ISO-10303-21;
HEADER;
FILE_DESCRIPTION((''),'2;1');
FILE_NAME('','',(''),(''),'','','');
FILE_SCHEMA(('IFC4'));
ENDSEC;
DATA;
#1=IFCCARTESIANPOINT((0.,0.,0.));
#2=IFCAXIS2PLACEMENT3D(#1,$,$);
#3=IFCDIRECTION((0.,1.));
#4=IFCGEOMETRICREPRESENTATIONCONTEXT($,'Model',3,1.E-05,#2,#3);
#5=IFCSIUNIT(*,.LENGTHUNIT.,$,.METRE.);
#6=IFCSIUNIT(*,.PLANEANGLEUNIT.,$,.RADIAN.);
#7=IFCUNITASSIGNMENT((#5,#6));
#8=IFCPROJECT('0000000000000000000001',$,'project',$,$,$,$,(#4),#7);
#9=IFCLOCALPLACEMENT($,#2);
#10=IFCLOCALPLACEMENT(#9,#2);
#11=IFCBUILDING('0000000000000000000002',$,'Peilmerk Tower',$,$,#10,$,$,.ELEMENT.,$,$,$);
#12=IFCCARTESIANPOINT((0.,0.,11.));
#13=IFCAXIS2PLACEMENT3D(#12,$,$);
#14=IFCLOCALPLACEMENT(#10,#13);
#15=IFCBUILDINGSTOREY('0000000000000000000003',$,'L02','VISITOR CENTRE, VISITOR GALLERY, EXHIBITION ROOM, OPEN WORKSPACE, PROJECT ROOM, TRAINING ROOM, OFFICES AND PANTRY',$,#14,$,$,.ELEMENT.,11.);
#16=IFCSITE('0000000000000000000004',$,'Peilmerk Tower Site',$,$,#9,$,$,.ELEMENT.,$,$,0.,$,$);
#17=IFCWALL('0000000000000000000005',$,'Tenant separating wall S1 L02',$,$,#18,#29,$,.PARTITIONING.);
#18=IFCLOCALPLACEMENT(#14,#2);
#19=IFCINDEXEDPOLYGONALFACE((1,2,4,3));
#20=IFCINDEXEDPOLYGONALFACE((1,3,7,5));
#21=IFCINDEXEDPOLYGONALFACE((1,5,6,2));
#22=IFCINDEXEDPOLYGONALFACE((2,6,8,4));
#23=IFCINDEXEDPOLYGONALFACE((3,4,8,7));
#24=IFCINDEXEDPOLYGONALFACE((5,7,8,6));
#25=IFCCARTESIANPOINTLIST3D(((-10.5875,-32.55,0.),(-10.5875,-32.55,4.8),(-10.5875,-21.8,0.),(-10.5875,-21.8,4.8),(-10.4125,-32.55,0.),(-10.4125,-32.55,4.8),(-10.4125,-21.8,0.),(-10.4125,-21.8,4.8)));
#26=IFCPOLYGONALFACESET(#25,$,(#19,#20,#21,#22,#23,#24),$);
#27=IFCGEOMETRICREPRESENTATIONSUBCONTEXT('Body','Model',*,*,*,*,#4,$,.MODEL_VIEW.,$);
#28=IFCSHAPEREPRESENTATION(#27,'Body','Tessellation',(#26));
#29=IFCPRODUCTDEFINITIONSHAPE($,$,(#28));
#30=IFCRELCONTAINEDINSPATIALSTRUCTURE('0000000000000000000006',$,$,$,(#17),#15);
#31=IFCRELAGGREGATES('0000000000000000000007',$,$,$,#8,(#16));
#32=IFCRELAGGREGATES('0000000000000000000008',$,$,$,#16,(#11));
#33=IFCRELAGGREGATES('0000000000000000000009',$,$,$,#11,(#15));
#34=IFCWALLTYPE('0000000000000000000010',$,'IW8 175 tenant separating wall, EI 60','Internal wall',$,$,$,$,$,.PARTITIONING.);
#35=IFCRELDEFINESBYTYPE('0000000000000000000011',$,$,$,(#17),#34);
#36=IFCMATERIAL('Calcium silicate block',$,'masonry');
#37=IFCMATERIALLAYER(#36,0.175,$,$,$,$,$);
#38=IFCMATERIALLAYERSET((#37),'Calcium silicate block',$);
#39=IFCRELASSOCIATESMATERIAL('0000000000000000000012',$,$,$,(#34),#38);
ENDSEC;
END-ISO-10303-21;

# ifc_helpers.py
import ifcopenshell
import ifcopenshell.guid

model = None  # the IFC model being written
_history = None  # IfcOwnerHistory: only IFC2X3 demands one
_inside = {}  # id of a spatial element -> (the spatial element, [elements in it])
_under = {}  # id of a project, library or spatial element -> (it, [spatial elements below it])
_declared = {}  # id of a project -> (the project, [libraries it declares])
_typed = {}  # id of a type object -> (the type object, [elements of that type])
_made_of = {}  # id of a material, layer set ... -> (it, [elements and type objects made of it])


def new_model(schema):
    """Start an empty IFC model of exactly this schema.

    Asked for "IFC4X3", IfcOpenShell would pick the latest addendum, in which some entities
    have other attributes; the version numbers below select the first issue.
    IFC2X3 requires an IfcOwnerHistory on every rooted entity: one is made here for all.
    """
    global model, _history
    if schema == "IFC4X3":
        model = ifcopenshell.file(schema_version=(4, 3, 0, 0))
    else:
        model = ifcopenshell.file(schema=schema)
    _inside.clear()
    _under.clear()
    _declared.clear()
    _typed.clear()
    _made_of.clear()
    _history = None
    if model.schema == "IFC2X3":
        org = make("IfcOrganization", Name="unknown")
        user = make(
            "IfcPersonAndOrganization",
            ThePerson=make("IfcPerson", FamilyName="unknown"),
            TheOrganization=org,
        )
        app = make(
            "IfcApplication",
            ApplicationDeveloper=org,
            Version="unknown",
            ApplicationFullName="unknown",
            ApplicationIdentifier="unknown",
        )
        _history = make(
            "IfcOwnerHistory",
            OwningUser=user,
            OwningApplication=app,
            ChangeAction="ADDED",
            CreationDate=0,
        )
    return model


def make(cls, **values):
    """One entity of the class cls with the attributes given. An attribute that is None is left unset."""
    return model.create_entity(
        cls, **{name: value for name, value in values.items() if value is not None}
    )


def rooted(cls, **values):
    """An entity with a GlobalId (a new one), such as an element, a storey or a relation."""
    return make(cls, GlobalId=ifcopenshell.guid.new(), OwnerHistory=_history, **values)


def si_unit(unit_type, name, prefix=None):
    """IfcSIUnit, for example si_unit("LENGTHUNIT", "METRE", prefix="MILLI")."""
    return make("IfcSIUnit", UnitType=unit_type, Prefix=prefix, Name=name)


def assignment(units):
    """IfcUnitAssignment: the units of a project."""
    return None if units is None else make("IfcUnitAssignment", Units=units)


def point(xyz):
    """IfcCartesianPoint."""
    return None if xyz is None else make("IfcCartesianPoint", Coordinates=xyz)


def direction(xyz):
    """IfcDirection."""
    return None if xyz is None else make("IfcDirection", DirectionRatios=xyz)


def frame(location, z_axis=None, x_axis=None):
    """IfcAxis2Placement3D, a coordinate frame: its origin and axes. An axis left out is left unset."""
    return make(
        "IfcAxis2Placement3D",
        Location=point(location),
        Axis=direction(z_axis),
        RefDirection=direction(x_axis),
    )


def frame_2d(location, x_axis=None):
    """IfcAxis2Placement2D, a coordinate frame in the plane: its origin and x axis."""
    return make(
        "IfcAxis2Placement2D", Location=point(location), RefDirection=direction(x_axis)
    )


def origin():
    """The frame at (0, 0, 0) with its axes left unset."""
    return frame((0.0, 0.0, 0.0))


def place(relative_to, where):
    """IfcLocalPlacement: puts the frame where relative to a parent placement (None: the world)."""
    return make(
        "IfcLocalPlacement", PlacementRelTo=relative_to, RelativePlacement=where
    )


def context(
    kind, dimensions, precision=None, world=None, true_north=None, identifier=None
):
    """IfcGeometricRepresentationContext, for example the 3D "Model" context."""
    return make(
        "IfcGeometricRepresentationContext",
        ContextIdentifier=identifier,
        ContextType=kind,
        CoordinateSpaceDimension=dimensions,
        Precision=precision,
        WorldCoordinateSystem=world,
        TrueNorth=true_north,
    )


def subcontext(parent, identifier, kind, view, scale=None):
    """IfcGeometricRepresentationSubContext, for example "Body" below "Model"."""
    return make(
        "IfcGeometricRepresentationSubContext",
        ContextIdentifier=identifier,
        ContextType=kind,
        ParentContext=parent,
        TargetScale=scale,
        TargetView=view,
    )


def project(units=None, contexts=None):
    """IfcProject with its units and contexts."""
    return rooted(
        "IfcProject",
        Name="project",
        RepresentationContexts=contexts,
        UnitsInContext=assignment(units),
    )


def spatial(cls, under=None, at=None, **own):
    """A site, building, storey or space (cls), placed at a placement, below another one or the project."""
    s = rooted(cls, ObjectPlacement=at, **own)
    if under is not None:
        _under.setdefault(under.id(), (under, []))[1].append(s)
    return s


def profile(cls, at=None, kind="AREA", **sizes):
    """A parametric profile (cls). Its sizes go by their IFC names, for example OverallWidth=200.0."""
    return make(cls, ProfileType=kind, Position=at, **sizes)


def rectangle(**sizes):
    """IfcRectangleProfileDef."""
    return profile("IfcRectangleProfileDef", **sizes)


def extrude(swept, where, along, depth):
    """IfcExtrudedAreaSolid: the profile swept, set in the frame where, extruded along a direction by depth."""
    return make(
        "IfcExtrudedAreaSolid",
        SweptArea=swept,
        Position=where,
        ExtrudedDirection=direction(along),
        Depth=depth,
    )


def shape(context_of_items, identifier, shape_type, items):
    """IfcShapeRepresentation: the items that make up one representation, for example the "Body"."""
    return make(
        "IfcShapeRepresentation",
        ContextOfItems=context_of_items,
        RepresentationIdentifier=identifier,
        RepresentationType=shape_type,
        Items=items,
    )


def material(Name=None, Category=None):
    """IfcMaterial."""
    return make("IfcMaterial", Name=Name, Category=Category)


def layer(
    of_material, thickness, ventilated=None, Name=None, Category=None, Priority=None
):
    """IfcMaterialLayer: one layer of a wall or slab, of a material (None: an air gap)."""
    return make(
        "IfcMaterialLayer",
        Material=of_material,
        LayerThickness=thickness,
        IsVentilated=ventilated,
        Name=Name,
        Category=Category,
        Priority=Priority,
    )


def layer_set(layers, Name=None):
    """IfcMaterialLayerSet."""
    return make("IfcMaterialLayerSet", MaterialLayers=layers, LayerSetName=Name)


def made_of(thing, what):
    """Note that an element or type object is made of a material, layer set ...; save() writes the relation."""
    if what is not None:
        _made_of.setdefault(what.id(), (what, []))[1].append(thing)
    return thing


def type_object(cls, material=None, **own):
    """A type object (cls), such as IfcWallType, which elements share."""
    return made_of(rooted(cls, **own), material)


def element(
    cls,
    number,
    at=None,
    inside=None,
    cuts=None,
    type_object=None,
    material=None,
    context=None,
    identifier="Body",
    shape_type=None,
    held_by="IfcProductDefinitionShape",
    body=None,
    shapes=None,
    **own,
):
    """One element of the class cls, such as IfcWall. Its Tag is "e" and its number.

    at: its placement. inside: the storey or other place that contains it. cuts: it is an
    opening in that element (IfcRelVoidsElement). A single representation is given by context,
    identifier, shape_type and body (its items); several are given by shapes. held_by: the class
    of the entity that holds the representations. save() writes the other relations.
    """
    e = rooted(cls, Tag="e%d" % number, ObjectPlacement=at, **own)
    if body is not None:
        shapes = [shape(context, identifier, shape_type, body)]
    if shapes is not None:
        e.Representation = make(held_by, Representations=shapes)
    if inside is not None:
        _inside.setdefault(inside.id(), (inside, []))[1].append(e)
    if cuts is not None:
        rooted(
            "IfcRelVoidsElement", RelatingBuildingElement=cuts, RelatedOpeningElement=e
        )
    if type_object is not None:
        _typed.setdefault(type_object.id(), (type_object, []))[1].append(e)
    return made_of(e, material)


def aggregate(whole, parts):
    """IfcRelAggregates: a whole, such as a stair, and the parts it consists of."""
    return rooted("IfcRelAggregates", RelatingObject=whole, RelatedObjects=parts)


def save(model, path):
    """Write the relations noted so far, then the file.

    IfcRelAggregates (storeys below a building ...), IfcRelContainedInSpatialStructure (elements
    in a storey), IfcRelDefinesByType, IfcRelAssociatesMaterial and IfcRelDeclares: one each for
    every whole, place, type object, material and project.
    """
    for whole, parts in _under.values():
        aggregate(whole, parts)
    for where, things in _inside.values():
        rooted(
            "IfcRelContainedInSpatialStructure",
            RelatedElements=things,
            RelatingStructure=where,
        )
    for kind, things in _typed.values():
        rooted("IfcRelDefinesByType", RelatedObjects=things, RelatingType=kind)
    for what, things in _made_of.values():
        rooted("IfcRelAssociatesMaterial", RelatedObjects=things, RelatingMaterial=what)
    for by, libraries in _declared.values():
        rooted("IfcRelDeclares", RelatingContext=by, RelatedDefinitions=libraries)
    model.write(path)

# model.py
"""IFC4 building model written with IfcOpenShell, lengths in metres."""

from ifc_helpers import new_model, si_unit, direction, frame, frame_2d, origin, place, context, subcontext, project, spatial, rectangle, extrude, material, layer, layer_set, type_object, element, save


model = new_model("IFC4")

# Units and contexts
model_context = context("Model", 3, precision=1e-05, world=origin(), true_north=direction((0.0, 1.0)))
body_context = subcontext(model_context, "Body", "Model", "MODEL_VIEW")
ifc_project = project(units=[si_unit("LENGTHUNIT", "METRE"), si_unit("PLANEANGLEUNIT", "RADIAN")], contexts=[model_context])

# Site, building, storey
site_placement = place(None, origin())
site = spatial("IfcSite", under=ifc_project, at=site_placement, Name="Peilmerk Tower Site", CompositionType="ELEMENT", RefElevation=0.0)
building_placement = place(site_placement, origin())
building = spatial("IfcBuilding", under=site, at=building_placement, Name="Peilmerk Tower", CompositionType="ELEMENT")
storey_placement = place(building_placement, frame((0.0, 0.0, 11.0)))
storey = spatial("IfcBuildingStorey", under=building, at=storey_placement, Name="L02", Description="VISITOR CENTRE, VISITOR GALLERY, EXHIBITION ROOM, OPEN WORKSPACE, PROJECT ROOM, TRAINING ROOM, OFFICES AND PANTRY", CompositionType="ELEMENT", Elevation=11.0)

# Shared definitions
ifc_material_1 = material(Name="Calcium silicate block", Category="masonry")

# Wall
ifc_layer_1 = layer(ifc_material_1, 0.175)
ifc_layer_set_1 = layer_set([ifc_layer_1], Name="Calcium silicate block")
wall_type_1 = type_object("IfcWallType", Name="IW8 175 tenant separating wall, EI 60", Description="Internal wall", PredefinedType="PARTITIONING", material=ifc_layer_set_1)
wall_1_placement = place(storey_placement, frame((-10.5, -21.8, 0.0), z_axis=(0.0, 0.0, 1.0), x_axis=(0.0, -1.0, 0.0)))
element("IfcWall", 1, at=wall_1_placement, inside=storey, type_object=wall_type_1, Name="Tenant separating wall S1 L02", PredefinedType="PARTITIONING", context=body_context, shape_type="SweptSolid", body=[
    extrude(rectangle(XDim=10.75, YDim=0.175, at=frame_2d((5.375, 0.0))), origin(), (0.0, 0.0, 1.0), 4.8),
])

save(model, "model.ifc")
